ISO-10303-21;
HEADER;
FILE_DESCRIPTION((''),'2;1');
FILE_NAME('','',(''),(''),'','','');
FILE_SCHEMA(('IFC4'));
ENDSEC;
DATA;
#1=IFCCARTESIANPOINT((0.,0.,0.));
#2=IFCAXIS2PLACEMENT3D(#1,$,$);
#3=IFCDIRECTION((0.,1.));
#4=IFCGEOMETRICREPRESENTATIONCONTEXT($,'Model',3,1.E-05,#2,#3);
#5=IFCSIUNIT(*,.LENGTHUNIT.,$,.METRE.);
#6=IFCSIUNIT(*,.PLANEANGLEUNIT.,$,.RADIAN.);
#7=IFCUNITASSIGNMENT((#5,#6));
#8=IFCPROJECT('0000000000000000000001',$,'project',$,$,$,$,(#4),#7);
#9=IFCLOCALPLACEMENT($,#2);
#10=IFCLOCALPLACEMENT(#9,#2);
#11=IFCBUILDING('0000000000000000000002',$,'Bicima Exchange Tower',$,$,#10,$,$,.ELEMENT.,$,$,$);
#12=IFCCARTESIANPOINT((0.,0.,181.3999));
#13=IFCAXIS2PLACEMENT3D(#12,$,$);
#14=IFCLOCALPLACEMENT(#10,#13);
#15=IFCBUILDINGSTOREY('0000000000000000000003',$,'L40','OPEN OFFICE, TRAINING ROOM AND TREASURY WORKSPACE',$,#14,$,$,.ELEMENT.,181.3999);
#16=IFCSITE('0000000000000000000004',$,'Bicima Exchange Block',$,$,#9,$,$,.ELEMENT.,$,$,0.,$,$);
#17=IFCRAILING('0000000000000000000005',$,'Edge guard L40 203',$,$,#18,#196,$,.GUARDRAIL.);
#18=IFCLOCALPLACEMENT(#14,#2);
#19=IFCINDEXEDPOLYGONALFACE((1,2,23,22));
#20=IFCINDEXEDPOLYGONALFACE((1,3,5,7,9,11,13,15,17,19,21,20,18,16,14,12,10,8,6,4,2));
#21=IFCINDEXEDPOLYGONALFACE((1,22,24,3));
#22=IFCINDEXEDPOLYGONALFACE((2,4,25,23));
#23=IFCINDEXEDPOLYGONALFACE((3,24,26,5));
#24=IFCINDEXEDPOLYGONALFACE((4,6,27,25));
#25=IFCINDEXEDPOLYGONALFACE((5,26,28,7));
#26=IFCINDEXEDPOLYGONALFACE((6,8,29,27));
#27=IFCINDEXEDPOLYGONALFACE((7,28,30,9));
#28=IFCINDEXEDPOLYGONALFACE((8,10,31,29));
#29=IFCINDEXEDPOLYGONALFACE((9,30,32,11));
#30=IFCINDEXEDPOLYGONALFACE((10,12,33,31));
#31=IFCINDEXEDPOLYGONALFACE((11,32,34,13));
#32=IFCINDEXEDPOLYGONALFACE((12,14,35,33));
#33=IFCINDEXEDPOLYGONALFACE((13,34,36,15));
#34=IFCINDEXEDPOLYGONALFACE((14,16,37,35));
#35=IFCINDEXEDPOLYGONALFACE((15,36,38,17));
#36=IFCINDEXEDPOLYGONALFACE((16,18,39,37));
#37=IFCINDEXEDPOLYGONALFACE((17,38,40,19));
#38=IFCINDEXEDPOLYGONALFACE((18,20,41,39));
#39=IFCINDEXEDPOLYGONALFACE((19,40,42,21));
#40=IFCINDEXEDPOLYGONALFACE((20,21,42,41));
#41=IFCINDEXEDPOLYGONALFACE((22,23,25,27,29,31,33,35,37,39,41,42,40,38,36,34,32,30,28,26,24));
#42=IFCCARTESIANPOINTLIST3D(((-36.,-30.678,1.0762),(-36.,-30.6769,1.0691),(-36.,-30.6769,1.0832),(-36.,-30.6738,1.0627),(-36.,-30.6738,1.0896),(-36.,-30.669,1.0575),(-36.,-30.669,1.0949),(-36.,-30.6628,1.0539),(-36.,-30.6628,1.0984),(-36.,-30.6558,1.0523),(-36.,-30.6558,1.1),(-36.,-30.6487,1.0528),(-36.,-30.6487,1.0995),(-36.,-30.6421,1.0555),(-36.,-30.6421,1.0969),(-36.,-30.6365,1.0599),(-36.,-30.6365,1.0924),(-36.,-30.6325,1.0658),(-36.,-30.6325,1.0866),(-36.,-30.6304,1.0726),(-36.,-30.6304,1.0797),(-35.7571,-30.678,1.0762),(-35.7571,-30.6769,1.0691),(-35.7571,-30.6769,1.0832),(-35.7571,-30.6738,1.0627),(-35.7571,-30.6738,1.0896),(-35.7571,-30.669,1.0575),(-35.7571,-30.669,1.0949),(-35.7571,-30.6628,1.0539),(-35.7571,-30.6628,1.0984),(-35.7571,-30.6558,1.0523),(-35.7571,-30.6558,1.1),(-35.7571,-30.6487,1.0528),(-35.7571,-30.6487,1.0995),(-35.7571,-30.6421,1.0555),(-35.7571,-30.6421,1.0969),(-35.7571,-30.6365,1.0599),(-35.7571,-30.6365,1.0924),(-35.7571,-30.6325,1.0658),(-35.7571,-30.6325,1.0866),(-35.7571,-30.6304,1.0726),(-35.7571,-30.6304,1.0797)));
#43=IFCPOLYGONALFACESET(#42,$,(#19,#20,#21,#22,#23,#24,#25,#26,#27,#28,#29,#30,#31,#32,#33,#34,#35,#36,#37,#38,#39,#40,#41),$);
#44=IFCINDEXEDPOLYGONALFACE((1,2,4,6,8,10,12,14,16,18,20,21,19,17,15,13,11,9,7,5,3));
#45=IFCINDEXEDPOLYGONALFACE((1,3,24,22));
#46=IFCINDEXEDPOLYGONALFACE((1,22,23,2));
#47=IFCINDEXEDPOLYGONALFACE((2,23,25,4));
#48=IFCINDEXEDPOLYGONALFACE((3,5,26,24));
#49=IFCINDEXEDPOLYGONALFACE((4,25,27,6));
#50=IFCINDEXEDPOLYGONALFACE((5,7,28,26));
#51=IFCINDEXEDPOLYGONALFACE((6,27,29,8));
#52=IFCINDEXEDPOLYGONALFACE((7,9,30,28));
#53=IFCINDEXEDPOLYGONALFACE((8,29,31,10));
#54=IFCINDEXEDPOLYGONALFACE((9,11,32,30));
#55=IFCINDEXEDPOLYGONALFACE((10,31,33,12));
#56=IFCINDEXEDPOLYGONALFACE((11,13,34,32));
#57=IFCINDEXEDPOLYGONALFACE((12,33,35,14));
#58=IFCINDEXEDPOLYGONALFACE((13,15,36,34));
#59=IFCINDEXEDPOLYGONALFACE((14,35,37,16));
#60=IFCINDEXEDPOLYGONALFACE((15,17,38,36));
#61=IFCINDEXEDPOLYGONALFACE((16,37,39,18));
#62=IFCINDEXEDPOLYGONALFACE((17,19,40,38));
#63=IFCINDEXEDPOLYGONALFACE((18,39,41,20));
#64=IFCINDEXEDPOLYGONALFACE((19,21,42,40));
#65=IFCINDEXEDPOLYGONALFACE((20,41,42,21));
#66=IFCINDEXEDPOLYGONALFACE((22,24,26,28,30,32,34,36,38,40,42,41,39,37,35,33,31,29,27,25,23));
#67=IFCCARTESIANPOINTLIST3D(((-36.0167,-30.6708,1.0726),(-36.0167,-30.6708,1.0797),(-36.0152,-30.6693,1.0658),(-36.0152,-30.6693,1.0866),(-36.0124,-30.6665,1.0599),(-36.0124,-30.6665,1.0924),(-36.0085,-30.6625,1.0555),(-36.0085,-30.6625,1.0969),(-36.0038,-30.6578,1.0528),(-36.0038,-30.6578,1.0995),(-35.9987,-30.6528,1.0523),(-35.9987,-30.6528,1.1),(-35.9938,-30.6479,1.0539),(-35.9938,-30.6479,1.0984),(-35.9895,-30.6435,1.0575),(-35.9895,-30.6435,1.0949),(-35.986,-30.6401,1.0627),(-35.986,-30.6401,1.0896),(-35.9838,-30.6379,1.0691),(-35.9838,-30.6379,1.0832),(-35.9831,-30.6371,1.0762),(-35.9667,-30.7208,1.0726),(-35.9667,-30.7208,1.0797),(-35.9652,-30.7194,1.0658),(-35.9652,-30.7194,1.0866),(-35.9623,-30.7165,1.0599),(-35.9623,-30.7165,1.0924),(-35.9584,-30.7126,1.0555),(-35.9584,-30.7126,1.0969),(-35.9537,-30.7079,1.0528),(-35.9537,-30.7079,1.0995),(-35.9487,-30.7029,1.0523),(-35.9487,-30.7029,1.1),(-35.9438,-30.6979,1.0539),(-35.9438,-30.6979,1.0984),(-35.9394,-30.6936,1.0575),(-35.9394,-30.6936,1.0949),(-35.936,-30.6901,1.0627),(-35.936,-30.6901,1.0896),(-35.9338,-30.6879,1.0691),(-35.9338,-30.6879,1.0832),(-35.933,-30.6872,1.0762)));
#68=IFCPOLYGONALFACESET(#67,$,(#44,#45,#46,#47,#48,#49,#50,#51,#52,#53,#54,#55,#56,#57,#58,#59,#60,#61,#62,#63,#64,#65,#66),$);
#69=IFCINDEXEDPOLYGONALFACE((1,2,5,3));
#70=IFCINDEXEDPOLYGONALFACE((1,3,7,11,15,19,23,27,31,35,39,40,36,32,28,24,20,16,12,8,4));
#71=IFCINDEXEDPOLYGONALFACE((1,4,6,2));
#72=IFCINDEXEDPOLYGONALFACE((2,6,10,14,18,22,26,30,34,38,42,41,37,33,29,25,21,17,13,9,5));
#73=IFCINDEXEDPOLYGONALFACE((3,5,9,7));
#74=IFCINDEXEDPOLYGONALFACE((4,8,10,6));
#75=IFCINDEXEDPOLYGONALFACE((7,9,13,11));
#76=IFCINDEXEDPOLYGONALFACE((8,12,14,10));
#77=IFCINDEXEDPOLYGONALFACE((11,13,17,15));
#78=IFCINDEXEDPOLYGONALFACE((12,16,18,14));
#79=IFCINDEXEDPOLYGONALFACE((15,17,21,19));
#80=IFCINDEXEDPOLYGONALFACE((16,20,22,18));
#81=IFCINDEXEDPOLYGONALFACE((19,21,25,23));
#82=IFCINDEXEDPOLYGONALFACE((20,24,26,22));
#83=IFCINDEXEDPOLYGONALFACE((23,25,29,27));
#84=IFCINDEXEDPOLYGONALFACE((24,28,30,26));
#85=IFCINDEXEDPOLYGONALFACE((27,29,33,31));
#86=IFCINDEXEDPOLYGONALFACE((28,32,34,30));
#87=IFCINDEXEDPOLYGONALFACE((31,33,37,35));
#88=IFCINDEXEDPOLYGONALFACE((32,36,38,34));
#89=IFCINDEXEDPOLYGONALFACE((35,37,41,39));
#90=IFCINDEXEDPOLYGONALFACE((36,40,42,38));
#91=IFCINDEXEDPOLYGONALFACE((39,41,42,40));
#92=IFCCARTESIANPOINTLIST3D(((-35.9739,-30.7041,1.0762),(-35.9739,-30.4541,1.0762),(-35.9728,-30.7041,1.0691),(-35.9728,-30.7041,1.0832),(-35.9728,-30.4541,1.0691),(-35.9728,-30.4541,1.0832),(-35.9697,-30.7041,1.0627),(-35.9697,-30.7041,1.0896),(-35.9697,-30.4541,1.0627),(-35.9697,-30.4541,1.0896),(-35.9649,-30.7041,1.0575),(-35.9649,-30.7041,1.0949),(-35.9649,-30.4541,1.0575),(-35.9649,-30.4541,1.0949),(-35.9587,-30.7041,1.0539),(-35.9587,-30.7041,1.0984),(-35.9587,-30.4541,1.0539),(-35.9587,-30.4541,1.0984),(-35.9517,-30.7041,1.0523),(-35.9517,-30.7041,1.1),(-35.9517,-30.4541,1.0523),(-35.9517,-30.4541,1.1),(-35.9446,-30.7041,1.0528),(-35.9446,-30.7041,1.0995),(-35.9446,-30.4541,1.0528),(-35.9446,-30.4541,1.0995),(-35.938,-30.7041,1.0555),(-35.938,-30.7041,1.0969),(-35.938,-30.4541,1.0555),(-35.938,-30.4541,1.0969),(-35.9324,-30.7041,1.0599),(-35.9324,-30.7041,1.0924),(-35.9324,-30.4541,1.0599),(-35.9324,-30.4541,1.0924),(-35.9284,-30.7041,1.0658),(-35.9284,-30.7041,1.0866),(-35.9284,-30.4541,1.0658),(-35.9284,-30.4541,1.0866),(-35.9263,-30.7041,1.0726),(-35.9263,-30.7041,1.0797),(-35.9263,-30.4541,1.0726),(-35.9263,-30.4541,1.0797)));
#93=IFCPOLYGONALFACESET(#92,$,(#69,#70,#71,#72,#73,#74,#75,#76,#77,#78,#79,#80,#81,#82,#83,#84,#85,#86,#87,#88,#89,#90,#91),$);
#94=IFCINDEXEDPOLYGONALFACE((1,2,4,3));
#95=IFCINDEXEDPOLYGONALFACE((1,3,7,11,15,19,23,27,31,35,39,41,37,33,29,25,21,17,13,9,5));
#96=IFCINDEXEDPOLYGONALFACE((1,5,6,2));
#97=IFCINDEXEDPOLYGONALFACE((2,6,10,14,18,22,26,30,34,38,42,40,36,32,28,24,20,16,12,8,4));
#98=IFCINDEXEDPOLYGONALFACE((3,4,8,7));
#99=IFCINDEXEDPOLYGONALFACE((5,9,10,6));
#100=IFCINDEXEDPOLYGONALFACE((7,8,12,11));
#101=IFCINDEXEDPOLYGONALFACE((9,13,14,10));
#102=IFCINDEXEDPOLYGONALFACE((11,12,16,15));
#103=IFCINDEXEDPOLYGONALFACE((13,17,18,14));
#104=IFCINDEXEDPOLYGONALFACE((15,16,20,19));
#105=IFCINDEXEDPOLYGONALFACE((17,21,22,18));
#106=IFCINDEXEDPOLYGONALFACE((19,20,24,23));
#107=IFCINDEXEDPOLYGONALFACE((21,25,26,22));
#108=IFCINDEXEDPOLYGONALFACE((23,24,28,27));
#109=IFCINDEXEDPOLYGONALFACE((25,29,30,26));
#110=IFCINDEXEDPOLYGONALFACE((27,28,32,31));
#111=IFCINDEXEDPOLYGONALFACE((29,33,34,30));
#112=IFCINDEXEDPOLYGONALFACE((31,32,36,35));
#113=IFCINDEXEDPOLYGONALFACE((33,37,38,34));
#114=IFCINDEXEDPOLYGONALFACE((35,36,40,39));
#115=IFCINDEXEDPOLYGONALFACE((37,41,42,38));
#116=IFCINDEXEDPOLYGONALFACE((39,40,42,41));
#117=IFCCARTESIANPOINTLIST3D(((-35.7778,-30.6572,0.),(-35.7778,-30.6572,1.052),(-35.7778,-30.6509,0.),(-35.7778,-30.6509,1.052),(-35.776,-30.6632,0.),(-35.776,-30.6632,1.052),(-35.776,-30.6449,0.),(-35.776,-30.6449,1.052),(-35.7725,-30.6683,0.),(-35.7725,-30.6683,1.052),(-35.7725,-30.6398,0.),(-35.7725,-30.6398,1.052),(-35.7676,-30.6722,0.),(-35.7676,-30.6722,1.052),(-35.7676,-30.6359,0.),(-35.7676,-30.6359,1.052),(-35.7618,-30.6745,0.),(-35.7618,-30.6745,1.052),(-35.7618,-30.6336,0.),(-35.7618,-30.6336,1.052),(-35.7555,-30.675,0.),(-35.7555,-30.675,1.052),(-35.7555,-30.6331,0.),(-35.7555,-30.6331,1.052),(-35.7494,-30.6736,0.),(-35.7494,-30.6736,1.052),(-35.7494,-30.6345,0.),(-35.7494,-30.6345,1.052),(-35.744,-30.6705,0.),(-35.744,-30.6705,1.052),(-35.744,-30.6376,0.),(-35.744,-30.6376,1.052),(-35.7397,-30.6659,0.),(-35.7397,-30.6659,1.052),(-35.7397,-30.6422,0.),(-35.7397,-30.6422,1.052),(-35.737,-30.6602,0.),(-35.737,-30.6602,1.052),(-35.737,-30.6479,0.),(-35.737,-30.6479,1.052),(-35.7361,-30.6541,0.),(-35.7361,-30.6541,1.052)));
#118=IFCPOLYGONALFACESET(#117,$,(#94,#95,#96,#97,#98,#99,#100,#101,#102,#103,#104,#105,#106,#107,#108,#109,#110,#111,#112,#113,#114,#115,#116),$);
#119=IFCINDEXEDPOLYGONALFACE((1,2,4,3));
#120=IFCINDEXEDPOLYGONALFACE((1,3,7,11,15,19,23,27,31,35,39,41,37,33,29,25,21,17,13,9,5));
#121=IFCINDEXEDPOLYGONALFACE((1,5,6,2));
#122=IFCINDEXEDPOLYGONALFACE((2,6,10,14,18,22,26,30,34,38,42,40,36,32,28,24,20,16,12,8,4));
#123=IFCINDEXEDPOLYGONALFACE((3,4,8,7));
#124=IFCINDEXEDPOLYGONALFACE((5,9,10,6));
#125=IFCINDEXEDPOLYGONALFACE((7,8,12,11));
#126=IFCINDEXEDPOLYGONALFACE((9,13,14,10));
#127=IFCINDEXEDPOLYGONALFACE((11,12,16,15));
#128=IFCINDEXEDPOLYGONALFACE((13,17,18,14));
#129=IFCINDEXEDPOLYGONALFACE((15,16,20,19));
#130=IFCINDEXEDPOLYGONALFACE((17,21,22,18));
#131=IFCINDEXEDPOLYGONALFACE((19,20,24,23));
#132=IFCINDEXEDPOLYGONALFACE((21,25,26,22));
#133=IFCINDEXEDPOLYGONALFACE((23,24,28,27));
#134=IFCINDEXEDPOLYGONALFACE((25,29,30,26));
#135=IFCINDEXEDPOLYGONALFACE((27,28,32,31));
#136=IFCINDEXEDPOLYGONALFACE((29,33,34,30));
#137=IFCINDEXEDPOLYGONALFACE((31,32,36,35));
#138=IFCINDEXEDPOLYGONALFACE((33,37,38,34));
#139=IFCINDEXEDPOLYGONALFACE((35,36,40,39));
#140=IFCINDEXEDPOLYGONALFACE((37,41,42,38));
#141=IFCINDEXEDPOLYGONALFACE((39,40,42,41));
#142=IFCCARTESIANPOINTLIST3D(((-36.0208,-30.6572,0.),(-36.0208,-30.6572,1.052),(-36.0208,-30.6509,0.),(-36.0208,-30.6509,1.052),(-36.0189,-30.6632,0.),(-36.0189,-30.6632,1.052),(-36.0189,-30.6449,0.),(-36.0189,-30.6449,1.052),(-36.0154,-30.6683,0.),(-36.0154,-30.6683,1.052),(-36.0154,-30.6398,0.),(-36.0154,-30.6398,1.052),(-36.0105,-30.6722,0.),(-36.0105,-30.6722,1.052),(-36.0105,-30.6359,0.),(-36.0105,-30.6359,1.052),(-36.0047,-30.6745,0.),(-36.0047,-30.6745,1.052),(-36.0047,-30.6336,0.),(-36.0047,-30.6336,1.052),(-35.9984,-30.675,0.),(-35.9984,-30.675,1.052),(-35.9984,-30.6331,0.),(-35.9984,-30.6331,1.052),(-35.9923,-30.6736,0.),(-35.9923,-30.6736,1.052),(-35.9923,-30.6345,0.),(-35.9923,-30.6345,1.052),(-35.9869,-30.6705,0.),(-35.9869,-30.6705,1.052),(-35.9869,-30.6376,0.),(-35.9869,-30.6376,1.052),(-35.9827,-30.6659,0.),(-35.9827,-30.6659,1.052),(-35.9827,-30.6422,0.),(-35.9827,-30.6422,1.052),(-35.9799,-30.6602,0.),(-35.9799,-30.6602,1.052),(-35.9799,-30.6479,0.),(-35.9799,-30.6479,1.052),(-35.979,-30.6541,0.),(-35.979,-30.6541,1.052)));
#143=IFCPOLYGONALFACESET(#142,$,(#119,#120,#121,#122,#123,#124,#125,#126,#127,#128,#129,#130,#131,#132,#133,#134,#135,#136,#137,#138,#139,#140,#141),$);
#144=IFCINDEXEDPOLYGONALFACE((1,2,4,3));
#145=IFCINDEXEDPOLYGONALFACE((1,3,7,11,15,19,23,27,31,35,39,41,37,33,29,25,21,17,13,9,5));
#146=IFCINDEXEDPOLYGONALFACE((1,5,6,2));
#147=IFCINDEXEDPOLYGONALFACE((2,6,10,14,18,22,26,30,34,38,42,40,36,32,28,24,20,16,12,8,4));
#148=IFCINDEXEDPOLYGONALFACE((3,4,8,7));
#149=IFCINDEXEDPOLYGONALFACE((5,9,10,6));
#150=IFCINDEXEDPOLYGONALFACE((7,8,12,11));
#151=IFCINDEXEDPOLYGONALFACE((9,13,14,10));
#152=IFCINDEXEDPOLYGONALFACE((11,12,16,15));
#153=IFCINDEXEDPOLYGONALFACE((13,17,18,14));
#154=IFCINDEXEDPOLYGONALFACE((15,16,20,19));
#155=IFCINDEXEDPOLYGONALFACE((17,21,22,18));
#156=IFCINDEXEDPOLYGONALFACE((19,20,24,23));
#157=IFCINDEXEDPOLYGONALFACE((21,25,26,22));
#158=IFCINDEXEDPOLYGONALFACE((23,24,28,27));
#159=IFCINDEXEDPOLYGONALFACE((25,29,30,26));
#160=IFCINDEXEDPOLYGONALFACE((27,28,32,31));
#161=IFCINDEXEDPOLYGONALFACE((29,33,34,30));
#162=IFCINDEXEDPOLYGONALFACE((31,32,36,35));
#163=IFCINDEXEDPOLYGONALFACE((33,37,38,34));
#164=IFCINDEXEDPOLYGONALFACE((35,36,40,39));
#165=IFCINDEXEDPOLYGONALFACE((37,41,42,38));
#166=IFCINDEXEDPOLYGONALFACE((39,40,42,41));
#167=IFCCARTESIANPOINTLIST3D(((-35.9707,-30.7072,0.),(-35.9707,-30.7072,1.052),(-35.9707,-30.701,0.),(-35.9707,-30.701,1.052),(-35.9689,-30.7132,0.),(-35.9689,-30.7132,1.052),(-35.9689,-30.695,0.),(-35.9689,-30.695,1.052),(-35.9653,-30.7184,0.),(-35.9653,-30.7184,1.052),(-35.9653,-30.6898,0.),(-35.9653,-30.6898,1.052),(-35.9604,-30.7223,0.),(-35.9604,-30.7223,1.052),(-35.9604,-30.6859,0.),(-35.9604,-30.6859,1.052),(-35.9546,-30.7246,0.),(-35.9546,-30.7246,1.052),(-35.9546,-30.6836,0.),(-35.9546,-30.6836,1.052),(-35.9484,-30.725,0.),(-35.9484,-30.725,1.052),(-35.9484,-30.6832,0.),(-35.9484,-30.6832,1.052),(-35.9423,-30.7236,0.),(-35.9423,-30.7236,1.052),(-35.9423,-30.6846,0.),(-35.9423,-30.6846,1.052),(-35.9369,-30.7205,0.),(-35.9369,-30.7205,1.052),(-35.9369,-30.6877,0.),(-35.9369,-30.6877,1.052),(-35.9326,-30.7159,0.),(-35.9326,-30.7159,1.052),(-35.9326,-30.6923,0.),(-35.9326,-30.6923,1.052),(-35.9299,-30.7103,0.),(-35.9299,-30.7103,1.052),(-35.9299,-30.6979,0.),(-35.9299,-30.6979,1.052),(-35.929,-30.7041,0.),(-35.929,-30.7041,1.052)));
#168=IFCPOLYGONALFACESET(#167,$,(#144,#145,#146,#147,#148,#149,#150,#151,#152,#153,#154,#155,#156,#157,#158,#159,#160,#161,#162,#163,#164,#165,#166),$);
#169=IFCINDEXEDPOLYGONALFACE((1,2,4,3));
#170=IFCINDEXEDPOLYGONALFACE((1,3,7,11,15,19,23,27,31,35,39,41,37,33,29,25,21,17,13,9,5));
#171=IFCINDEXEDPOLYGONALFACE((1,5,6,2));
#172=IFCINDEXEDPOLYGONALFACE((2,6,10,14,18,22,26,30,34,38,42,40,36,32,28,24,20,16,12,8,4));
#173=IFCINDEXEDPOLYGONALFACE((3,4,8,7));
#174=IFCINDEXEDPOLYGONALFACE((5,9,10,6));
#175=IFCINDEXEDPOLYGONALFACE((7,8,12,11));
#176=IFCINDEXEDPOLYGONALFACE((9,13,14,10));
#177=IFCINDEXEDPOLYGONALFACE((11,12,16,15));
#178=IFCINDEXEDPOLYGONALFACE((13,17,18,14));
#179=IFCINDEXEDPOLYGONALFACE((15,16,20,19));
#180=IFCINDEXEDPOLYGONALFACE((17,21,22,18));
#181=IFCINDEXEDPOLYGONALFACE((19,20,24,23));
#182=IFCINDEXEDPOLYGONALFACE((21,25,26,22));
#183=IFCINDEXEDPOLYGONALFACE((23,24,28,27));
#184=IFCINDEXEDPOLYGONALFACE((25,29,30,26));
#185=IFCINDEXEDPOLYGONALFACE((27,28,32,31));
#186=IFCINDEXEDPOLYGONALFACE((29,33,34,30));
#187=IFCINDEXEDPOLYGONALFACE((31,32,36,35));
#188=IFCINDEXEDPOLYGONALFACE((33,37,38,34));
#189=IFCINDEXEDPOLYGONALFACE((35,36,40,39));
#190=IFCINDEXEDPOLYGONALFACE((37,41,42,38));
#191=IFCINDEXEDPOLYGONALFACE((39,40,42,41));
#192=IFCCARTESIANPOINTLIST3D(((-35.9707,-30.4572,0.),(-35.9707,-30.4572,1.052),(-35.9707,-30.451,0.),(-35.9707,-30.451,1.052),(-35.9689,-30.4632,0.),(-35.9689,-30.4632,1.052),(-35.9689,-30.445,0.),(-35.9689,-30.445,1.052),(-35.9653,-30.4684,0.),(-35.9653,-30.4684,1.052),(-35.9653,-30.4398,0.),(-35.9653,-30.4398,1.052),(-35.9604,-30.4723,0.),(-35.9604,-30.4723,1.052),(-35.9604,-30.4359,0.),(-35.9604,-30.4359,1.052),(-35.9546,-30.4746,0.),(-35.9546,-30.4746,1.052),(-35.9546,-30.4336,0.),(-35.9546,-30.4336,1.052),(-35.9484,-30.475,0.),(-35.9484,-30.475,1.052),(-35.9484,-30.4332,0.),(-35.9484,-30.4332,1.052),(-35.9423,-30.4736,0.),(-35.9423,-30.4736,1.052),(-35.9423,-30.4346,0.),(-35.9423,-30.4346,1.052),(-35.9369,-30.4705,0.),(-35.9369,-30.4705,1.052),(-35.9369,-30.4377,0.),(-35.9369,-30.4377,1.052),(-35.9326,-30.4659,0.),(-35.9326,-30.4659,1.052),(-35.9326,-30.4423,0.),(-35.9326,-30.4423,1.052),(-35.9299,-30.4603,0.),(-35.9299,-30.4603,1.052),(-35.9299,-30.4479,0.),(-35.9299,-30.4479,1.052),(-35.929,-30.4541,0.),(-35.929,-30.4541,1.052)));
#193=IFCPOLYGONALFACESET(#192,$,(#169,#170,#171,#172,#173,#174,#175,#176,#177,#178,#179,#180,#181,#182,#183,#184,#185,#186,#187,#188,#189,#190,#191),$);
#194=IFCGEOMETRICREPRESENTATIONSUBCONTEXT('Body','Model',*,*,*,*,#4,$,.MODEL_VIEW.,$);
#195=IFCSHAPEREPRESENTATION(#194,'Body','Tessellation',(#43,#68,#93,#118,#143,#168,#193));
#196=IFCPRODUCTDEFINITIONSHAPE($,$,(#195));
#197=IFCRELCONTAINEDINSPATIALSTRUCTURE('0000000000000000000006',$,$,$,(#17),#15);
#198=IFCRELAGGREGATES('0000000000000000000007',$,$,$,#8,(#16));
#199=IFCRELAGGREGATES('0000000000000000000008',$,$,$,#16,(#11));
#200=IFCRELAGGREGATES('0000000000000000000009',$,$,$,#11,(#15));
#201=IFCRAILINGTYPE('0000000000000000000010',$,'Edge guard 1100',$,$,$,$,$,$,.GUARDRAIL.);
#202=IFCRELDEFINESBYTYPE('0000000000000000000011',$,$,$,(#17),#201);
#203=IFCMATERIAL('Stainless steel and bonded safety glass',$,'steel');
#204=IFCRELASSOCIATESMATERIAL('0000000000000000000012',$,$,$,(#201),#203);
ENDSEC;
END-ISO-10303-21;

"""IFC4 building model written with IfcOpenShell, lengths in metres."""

from ifc_helpers import new_model, si_unit, direction, frame, origin, origin_2d, place, context, subcontext, project, spatial, circle, extrude, material, type_object, element, save


model = new_model("IFC4")

# Units and contexts
model_context = context("Model", 3, precision=1e-05, world=origin(), true_north=direction((0.0, 1.0)))
body_context = subcontext(model_context, "Body", "Model", "MODEL_VIEW")
ifc_project = project(units=[si_unit("LENGTHUNIT", "METRE"), si_unit("PLANEANGLEUNIT", "RADIAN")], contexts=[model_context])

# Site, building, storey
site_placement = place(None, origin())
site = spatial("IfcSite", under=ifc_project, at=site_placement, Name="Bicima Exchange Block", CompositionType="ELEMENT", RefElevation=0.0)
building_placement = place(site_placement, origin())
building = spatial("IfcBuilding", under=site, at=building_placement, Name="Bicima Exchange Tower", CompositionType="ELEMENT")
storey_placement = place(building_placement, frame((0.0, 0.0, 181.3999)))
storey = spatial("IfcBuildingStorey", under=building, at=storey_placement, Name="L40", Description="OPEN OFFICE, TRAINING ROOM AND TREASURY WORKSPACE", CompositionType="ELEMENT", Elevation=181.3999)

# Railing
ifc_material_1 = material(Name="Stainless steel and bonded safety glass", Category="steel")
railing_type = type_object("IfcRailingType", Name="Edge guard 1100", PredefinedType="GUARDRAIL", material=ifc_material_1)
railing_1_placement = place(storey_placement, frame((-35.7571, -30.6541, 0.0)))
element("IfcRailing", 1, at=railing_1_placement, inside=storey, type_object=railing_type, Name="Edge guard L40 203", PredefinedType="GUARDRAIL", context=body_context, shape_type="SweptSolid", body=[
    extrude(circle(Radius=0.0239, at=origin_2d()), frame((0.0, 0.0, 1.0762), z_axis=(-1.0, 0.0, 0.0), x_axis=(0.0, -1.0, 0.0)), (0.0, 0.0, 1.0), 0.2429),
    extrude(circle(Radius=0.0239, at=origin_2d()), frame((-0.2429, 0.0, 1.0762), z_axis=(0.707107, -0.707107, 0.0), x_axis=(0.707107, 0.707107, 0.0)), (0.0, 0.0, 1.0), 0.0708),
    extrude(circle(Radius=0.0239, at=origin_2d()), frame((-0.1929, -0.05, 1.0762), z_axis=(0.0, 1.0, 0.0), x_axis=(-1.0, 0.0, 0.0)), (0.0, 0.0, 1.0), 0.25),
    extrude(circle(Radius=0.021, at=origin_2d()), origin(), (0.0, 0.0, 1.0), 1.052),
    extrude(circle(Radius=0.021, at=origin_2d()), frame((-0.2429, 0.0, 0.0)), (0.0, 0.0, 1.0), 1.052),
    extrude(circle(Radius=0.021, at=origin_2d()), frame((-0.1929, -0.05, 0.0)), (0.0, 0.0, 1.0), 1.052),
    extrude(circle(Radius=0.021, at=origin_2d()), frame((-0.1929, 0.2, 0.0)), (0.0, 0.0, 1.0), 1.052),
])

save(model, "model.ifc")
